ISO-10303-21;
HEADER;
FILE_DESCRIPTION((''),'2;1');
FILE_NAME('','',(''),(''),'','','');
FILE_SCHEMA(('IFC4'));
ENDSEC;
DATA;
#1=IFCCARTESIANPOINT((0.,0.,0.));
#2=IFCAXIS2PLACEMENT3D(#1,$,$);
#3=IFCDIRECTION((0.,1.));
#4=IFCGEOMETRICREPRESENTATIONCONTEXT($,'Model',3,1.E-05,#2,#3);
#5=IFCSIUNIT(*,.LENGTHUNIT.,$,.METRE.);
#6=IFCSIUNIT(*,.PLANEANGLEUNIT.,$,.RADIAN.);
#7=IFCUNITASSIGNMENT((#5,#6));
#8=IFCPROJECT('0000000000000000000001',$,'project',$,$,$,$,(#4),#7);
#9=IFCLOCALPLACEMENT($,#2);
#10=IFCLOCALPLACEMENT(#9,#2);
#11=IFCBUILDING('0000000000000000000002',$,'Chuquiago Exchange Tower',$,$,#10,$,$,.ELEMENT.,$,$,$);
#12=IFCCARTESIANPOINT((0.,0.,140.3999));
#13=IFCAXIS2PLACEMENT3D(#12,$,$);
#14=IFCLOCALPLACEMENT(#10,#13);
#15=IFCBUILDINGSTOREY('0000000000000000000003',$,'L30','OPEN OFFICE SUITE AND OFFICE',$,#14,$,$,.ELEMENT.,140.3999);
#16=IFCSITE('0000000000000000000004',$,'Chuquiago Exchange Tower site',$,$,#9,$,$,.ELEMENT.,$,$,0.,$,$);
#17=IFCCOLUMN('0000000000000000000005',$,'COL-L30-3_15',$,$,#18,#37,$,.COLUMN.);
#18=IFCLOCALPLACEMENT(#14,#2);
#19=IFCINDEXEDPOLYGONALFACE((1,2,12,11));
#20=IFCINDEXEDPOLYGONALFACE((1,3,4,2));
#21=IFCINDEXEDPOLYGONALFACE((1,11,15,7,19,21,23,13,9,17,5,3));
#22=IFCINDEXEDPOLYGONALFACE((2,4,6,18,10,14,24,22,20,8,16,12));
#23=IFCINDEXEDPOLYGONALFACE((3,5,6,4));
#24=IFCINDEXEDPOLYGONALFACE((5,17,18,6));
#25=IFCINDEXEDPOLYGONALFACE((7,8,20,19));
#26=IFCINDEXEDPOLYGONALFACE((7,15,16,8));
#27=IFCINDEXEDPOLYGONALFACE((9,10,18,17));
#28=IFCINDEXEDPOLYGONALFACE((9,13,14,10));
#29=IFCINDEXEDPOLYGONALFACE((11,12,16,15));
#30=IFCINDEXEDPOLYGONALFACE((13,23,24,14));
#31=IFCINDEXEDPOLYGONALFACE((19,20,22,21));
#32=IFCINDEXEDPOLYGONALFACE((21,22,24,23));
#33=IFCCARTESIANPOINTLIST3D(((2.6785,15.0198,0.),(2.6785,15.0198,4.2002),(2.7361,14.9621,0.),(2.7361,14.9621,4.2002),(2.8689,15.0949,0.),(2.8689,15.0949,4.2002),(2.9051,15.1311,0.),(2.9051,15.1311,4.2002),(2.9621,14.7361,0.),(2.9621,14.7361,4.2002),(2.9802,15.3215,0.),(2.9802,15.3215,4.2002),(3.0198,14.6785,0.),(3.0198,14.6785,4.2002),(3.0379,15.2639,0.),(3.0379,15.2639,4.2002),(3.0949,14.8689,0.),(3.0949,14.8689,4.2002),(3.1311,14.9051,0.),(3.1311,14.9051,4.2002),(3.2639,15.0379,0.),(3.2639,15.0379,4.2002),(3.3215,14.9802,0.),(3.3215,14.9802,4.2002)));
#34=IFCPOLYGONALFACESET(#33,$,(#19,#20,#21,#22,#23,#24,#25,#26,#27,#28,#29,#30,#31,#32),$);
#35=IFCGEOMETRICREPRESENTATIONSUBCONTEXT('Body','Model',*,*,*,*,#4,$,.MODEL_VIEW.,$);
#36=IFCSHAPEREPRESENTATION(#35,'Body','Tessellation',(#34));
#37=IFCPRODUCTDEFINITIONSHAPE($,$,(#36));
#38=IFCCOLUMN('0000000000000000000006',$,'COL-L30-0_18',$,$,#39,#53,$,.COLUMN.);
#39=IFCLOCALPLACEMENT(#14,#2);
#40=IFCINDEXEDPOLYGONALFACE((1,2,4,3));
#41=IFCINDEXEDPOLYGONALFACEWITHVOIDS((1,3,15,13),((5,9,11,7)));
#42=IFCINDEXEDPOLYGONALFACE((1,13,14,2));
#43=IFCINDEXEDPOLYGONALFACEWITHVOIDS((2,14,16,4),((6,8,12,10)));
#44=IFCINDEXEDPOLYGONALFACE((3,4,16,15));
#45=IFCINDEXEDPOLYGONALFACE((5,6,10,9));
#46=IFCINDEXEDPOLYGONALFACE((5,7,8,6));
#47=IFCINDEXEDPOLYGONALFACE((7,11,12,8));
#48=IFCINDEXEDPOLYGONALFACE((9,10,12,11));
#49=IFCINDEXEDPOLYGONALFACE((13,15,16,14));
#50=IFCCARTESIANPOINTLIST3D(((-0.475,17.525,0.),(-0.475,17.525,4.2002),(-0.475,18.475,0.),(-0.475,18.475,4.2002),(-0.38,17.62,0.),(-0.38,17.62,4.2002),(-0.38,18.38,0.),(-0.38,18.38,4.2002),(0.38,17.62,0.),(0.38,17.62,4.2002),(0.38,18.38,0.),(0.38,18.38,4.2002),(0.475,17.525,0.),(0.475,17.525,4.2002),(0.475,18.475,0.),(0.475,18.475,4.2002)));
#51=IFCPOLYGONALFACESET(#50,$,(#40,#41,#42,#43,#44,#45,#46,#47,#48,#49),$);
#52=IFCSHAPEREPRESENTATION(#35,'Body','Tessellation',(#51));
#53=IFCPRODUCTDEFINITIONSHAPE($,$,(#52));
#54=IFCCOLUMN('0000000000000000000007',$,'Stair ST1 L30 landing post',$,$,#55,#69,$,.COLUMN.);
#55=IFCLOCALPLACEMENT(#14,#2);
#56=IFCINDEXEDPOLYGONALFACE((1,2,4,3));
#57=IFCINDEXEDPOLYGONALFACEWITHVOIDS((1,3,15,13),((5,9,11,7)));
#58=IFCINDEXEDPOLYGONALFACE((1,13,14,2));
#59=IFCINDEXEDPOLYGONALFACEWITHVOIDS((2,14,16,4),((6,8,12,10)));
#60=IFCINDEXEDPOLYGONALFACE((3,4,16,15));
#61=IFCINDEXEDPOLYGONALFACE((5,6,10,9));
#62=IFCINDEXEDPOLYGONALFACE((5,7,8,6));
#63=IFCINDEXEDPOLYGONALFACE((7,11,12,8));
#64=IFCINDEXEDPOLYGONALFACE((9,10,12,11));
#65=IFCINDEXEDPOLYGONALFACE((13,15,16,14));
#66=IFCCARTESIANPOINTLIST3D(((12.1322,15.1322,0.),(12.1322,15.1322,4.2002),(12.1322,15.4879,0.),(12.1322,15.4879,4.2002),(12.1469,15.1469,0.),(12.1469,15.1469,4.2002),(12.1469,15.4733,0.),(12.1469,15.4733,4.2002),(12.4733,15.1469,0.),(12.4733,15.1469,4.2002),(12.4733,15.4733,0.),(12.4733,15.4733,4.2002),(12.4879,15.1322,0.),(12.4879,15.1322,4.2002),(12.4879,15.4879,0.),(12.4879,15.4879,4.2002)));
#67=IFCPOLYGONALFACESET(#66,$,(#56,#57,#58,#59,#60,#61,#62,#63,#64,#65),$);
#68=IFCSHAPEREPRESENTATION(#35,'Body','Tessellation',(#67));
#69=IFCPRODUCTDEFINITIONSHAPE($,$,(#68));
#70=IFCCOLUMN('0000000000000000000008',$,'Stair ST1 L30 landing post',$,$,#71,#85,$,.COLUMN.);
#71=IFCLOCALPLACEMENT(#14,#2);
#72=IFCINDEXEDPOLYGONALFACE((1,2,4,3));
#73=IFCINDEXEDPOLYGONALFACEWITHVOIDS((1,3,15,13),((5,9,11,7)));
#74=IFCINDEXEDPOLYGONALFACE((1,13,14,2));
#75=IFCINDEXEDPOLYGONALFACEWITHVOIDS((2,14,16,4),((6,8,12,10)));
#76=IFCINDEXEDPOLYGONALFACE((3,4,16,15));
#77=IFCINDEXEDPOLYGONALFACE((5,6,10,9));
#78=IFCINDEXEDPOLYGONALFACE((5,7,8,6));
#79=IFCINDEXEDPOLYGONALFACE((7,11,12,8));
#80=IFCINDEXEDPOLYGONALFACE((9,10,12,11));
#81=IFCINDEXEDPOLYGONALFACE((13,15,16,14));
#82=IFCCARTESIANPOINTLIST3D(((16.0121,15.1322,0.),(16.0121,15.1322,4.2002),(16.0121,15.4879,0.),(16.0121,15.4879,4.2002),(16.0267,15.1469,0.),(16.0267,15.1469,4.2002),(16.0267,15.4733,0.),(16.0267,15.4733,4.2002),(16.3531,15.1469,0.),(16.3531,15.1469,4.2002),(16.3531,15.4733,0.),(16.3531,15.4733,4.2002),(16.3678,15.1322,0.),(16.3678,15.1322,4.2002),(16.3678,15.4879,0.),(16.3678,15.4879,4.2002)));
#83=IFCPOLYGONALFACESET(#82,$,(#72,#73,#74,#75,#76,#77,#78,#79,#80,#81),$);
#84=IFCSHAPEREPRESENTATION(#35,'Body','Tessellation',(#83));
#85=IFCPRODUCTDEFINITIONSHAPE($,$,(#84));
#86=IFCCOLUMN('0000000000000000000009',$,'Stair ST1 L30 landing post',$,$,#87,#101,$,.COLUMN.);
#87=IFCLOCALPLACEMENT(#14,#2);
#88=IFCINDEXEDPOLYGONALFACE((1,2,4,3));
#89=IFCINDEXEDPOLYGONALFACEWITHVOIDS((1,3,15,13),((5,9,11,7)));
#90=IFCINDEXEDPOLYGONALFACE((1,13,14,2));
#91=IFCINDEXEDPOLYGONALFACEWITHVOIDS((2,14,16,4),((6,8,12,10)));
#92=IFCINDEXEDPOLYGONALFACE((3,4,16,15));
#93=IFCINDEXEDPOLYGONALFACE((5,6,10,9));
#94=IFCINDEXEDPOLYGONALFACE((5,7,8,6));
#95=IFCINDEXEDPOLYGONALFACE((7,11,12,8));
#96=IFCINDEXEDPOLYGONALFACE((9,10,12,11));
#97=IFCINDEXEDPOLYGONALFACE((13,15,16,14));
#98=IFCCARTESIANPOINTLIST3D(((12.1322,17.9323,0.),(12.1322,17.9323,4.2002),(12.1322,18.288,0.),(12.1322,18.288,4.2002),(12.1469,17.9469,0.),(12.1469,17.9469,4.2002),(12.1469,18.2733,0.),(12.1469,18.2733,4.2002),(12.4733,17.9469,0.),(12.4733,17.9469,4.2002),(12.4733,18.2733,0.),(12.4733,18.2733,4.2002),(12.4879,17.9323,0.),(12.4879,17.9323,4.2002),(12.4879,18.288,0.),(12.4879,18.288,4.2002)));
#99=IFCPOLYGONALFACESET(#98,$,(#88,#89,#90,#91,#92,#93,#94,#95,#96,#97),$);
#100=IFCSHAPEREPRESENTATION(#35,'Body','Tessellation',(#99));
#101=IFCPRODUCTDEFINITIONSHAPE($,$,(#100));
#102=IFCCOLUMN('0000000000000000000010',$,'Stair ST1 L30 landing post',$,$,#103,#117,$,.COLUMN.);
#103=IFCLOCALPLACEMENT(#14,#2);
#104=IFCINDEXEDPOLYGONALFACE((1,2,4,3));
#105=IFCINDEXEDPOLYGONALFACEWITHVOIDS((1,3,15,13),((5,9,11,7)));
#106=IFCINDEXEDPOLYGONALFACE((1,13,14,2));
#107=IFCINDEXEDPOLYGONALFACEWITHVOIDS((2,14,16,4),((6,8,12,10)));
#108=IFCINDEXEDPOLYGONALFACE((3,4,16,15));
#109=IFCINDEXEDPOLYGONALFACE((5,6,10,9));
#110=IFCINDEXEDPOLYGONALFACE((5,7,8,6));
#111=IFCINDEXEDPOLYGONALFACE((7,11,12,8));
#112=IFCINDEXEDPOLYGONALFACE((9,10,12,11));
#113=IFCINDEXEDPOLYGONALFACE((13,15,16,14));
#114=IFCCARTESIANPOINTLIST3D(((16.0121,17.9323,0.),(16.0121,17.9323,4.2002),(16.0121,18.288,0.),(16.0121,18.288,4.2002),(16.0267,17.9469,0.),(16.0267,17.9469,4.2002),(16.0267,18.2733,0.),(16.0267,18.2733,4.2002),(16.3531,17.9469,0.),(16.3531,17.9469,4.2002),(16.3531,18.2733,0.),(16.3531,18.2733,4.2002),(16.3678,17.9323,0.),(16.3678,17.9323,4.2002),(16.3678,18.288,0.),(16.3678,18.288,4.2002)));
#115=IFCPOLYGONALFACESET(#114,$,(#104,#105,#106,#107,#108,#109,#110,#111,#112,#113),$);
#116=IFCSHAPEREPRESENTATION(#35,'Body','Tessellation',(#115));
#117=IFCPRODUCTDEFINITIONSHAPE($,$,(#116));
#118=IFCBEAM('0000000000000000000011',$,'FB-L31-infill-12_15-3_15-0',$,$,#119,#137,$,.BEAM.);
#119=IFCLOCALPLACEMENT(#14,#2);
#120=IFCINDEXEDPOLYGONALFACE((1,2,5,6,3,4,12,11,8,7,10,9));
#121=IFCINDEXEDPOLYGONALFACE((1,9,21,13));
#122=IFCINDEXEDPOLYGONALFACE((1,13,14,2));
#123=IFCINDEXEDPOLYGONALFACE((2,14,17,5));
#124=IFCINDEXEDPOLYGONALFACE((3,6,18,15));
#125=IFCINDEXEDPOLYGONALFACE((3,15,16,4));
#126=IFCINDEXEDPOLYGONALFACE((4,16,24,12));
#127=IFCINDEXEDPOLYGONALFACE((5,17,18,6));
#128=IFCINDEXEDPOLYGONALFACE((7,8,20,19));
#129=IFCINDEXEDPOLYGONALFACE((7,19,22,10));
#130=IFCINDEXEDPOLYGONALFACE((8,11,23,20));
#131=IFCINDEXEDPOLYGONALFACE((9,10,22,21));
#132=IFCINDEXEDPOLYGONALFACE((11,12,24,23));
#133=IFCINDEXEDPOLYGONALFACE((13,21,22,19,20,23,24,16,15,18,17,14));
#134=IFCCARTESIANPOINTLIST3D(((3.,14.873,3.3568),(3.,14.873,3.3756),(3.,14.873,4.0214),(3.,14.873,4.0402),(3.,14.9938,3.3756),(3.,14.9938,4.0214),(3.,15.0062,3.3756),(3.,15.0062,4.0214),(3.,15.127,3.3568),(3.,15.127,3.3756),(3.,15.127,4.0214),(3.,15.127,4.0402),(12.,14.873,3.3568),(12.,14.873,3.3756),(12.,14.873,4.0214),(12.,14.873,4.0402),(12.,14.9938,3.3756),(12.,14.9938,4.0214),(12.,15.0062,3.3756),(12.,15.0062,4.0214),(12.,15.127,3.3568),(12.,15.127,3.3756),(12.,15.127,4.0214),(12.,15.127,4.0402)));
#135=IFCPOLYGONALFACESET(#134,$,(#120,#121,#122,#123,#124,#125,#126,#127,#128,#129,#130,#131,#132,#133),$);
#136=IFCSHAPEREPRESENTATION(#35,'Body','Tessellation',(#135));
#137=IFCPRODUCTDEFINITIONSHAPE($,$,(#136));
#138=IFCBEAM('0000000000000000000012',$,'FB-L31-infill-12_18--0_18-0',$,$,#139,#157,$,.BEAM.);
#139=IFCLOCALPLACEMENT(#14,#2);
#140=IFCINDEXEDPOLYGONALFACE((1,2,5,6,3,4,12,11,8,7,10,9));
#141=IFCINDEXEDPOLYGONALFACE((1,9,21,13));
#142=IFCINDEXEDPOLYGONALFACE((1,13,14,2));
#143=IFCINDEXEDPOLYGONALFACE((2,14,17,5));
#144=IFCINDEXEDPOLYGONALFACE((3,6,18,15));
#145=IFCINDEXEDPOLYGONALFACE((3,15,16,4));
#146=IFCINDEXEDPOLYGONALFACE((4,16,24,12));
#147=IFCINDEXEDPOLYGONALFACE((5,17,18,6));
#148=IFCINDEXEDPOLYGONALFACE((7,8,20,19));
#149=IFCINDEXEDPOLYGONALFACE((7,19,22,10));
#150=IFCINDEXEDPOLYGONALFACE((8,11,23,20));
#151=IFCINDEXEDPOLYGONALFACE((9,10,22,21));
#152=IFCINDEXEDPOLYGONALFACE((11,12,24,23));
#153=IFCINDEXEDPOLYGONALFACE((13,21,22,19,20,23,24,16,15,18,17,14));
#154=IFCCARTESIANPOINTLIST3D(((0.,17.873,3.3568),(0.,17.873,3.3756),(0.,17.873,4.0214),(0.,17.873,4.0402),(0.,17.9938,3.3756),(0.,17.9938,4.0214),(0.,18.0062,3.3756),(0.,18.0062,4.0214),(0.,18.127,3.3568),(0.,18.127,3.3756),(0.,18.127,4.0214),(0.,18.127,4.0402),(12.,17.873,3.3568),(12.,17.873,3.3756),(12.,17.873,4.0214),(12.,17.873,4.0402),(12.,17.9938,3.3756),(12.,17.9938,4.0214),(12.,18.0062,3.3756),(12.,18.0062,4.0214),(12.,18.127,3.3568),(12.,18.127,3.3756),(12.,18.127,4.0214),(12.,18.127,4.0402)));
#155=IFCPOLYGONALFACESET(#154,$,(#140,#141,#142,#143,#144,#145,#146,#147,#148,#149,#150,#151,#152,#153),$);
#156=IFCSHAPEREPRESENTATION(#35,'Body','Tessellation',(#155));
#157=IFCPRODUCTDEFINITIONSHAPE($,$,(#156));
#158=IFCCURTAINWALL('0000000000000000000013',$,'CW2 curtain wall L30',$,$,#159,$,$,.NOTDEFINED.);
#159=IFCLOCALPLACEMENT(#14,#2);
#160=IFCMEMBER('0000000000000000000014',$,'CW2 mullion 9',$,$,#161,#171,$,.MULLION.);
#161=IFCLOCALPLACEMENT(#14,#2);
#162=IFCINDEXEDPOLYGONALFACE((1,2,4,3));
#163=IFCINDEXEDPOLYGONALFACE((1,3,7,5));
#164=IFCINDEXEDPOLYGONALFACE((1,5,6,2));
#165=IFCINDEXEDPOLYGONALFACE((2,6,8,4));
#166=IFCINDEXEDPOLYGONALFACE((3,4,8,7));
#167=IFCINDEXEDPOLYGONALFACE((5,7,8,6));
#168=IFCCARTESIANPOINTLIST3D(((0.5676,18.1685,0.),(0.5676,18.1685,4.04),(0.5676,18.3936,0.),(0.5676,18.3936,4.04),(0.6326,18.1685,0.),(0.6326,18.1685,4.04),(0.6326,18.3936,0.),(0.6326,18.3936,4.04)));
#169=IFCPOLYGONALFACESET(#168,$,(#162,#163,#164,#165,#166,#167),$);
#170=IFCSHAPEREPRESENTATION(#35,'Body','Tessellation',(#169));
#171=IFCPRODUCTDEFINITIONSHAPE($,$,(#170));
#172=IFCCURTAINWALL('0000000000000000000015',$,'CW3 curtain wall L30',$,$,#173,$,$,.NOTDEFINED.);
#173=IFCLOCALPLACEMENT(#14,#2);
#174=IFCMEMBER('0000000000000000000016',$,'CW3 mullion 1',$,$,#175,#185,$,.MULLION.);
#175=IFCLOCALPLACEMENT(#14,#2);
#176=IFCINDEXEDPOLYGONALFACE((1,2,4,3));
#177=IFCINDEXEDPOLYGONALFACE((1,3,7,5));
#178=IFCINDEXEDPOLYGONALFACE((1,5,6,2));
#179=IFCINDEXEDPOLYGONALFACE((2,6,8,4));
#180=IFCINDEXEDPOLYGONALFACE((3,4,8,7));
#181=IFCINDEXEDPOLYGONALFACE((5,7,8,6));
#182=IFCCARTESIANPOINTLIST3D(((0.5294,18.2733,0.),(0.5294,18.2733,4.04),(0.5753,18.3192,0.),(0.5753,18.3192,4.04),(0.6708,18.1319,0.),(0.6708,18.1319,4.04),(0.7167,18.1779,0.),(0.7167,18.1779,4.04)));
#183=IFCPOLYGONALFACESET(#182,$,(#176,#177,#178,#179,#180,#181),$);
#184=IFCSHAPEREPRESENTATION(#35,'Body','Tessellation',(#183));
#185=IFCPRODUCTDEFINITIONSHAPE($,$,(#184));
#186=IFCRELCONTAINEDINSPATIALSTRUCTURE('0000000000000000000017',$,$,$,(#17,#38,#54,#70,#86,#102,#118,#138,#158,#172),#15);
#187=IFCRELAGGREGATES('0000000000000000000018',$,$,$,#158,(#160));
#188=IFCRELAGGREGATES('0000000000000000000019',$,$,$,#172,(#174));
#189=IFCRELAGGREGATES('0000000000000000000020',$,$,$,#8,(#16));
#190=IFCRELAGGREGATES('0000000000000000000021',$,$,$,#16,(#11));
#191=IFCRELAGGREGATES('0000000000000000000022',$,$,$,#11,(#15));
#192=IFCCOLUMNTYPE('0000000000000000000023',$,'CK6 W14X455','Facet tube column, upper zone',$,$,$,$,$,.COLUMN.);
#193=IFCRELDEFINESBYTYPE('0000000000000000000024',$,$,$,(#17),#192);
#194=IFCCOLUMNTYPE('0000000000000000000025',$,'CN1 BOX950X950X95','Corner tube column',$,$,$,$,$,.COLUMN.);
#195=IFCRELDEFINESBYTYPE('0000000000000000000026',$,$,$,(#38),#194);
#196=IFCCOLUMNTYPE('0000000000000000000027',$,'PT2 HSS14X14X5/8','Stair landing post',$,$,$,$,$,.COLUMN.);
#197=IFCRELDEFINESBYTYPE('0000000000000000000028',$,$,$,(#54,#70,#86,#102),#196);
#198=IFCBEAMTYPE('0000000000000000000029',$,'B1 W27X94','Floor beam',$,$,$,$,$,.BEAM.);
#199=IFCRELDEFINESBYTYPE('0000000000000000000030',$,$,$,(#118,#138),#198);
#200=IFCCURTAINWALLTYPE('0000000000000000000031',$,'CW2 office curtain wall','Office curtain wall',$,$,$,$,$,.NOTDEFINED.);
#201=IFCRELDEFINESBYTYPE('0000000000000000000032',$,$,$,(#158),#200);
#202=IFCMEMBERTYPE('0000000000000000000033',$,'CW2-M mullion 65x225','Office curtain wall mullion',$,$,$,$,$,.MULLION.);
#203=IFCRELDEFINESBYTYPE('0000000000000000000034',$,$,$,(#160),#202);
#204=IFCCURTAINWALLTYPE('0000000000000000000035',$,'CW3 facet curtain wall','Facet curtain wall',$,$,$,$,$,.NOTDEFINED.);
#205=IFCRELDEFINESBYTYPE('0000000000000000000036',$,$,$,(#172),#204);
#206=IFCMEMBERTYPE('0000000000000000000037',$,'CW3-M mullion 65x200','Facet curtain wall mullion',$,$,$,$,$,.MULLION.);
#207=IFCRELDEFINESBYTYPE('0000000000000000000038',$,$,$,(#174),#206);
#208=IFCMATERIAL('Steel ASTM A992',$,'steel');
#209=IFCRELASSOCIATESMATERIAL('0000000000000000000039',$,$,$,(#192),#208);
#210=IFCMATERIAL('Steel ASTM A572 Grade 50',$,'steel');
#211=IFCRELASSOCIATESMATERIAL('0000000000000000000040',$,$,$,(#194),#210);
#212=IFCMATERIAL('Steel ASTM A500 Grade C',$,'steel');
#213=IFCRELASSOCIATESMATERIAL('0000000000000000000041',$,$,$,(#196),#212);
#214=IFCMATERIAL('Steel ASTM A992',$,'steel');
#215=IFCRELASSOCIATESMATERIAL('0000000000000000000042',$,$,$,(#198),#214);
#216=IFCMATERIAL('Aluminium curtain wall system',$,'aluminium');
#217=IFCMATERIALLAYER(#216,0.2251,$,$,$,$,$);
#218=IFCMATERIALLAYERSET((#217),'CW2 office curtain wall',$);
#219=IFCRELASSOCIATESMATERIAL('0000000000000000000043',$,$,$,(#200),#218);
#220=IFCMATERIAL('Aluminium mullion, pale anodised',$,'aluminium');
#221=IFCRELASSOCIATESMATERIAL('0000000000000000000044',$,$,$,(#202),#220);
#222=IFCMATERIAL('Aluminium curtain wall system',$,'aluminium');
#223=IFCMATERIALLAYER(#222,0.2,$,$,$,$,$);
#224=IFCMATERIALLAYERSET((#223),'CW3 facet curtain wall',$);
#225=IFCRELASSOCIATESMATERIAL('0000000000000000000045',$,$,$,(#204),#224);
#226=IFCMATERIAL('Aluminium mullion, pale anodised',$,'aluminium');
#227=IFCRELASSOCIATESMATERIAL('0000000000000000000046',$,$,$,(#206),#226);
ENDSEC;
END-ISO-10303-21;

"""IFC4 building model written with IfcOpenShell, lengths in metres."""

from ifc_helpers import new_model, si_unit, direction, frame, origin, origin_2d, place, context, subcontext, project, spatial, rectangle, hollow_rectangle, i_section, extrude, material, layer, layer_set, material_profile, profile_set, type_object, element, aggregate, save


model = new_model("IFC4")

# Units and contexts
model_context = context("Model", 3, precision=1e-05, world=origin(), true_north=direction((0.0, 1.0)))
body_context = subcontext(model_context, "Body", "Model", "MODEL_VIEW")
ifc_project = project(units=[si_unit("LENGTHUNIT", "METRE"), si_unit("PLANEANGLEUNIT", "RADIAN")], contexts=[model_context])

# Site, building, storey
site_placement = place(None, origin())
site = spatial("IfcSite", under=ifc_project, at=site_placement, Name="Chuquiago Exchange Tower site", CompositionType="ELEMENT", RefElevation=0.0)
building_placement = place(site_placement, origin())
building = spatial("IfcBuilding", under=site, at=building_placement, Name="Chuquiago Exchange Tower", CompositionType="ELEMENT")
storey_placement = place(building_placement, frame((0.0, 0.0, 140.3999)))
storey = spatial("IfcBuildingStorey", under=building, at=storey_placement, Name="L30", Description="OPEN OFFICE SUITE AND OFFICE", CompositionType="ELEMENT", Elevation=140.3999)

# Columns
ifc_material_1 = material(Name="Steel ASTM A992", Category="steel")
ifc_material_profile_1 = material_profile(ifc_material_1, i_section(OverallWidth=0.4268, OverallDepth=0.4827, WebThickness=0.0513, FlangeThickness=0.0815, at=origin_2d()), Name="W14X455")
ifc_profile_set_1 = profile_set([ifc_material_profile_1], Name="Steel ASTM A992")
column_type_1 = type_object("IfcColumnType", Name="CK6 W14X455", Description="Facet tube column, upper zone", PredefinedType="COLUMN", material=ifc_profile_set_1)
column_1_placement = place(storey_placement, frame((3.0, 15.0, 0.0), z_axis=(0.0, 0.0, 1.0), x_axis=(-0.707107, -0.707107, 0.0)))
element("IfcColumn", 1, at=column_1_placement, inside=storey, type_object=column_type_1, Name="COL-L30-3_15", PredefinedType="COLUMN", context=body_context, shape_type="SweptSolid", body=[
    extrude(i_section(OverallWidth=0.4268, OverallDepth=0.4827, WebThickness=0.0513, FlangeThickness=0.0815, at=origin_2d()), origin(), (0.0, 0.0, 1.0), 4.2002),
])
ifc_material_2 = material(Name="Steel ASTM A572 Grade 50", Category="steel")
ifc_material_profile_2 = material_profile(ifc_material_2, hollow_rectangle(XDim=0.95, YDim=0.95, WallThickness=0.095, at=origin_2d()), Name="BOX950X950X95")
ifc_profile_set_2 = profile_set([ifc_material_profile_2], Name="Steel ASTM A572 Grade 50")
column_type_2 = type_object("IfcColumnType", Name="CN1 BOX950X950X95", Description="Corner tube column", PredefinedType="COLUMN", material=ifc_profile_set_2)
column_2_placement = place(storey_placement, frame((0.0, 18.0, 0.0), z_axis=(0.0, 0.0, 1.0), x_axis=(-1.0, 0.0, 0.0)))
element("IfcColumn", 2, at=column_2_placement, inside=storey, type_object=column_type_2, Name="COL-L30-0_18", PredefinedType="COLUMN", context=body_context, shape_type="SweptSolid", body=[
    extrude(hollow_rectangle(XDim=0.95, YDim=0.95, WallThickness=0.095, at=origin_2d()), origin(), (0.0, 0.0, 1.0), 4.2002),
])
ifc_material_3 = material(Name="Steel ASTM A500 Grade C", Category="steel")
ifc_material_profile_3 = material_profile(ifc_material_3, hollow_rectangle(XDim=0.3557, YDim=0.3557, WallThickness=0.0146, at=origin_2d()), Name="HSS14X14X5/8")
ifc_profile_set_3 = profile_set([ifc_material_profile_3], Name="Steel ASTM A500 Grade C")
column_type_3 = type_object("IfcColumnType", Name="PT2 HSS14X14X5/8", Description="Stair landing post", PredefinedType="COLUMN", material=ifc_profile_set_3)
for number, where, z_axis, x_axis, name in (
    (3, (12.3101, 15.3101, 0.0), (0.0, 0.0, 1.0), (1.0, 0.0, 0.0), "Stair ST1 L30 landing post"),
    (4, (16.1899, 15.3101, 0.0), (0.0, 0.0, 1.0), (1.0, 0.0, 0.0), "Stair ST1 L30 landing post"),
    (5, (12.3101, 18.1101, 0.0), (0.0, 0.0, 1.0), (1.0, 0.0, 0.0), "Stair ST1 L30 landing post"),
    (6, (16.1899, 18.1101, 0.0), (0.0, 0.0, 1.0), (1.0, 0.0, 0.0), "Stair ST1 L30 landing post"),
):
    element("IfcColumn", number, at=place(storey_placement, frame(where, z_axis=z_axis, x_axis=x_axis)), inside=storey, type_object=column_type_3, Name=name, PredefinedType="COLUMN", context=body_context, shape_type="SweptSolid", body=[
        extrude(hollow_rectangle(XDim=0.3557, YDim=0.3557, WallThickness=0.0146, at=origin_2d()), origin(), (0.0, 0.0, 1.0), 4.2002),
    ])

# Beams
ifc_material_4 = material(Name="Steel ASTM A992", Category="steel")
ifc_material_profile_4 = material_profile(ifc_material_4, i_section(OverallWidth=0.2539, OverallDepth=0.6833, WebThickness=0.0125, FlangeThickness=0.0188, at=origin_2d()), Name="W27X94")
ifc_profile_set_4 = profile_set([ifc_material_profile_4], Name="Steel ASTM A992")
beam_type_1 = type_object("IfcBeamType", Name="B1 W27X94", Description="Floor beam", PredefinedType="BEAM", material=ifc_profile_set_4)
beam_1_placement = place(storey_placement, frame((12.0, 15.0, 3.6985), z_axis=(-1.0, 0.0, 0.0), x_axis=(0.0, -1.0, 0.0)))
element("IfcBeam", 7, at=beam_1_placement, inside=storey, type_object=beam_type_1, Name="FB-L31-infill-12_15-3_15-0", PredefinedType="BEAM", context=body_context, shape_type="SweptSolid", body=[
    extrude(i_section(OverallWidth=0.2539, OverallDepth=0.6833, WebThickness=0.0125, FlangeThickness=0.0188, at=origin_2d()), origin(), (0.0, 0.0, 1.0), 9.0),
])
beam_2_placement = place(storey_placement, frame((12.0, 18.0, 3.6985), z_axis=(-1.0, 0.0, 0.0), x_axis=(0.0, -1.0, 0.0)))
element("IfcBeam", 8, at=beam_2_placement, inside=storey, type_object=beam_type_1, Name="FB-L31-infill-12_18--0_18-0", PredefinedType="BEAM", context=body_context, shape_type="SweptSolid", body=[
    extrude(i_section(OverallWidth=0.2539, OverallDepth=0.6833, WebThickness=0.0125, FlangeThickness=0.0188, at=origin_2d()), origin(), (0.0, 0.0, 1.0), 12.0),
])

# Curtain wall, member
ifc_material_5 = material(Name="Aluminium curtain wall system", Category="aluminium")
ifc_layer_1 = layer(ifc_material_5, 0.2251)
ifc_layer_set_1 = layer_set([ifc_layer_1], Name="CW2 office curtain wall")
curtain_wall_type_1 = type_object("IfcCurtainWallType", Name="CW2 office curtain wall", Description="Office curtain wall", PredefinedType="NOTDEFINED", material=ifc_layer_set_1)
curtain_wall_1_placement = place(storey_placement, origin())
curtain_wall_1 = element("IfcCurtainWall", 9, at=curtain_wall_1_placement, inside=storey, type_object=curtain_wall_type_1, Name="CW2 curtain wall L30", PredefinedType="NOTDEFINED")
ifc_material_6 = material(Name="Aluminium mullion, pale anodised", Category="aluminium")
ifc_material_profile_5 = material_profile(ifc_material_6, rectangle(XDim=0.0649, YDim=0.2251, at=origin_2d()), Name="AL 65x225")
ifc_profile_set_5 = profile_set([ifc_material_profile_5], Name="Aluminium mullion, pale anodised")
member_type_1 = type_object("IfcMemberType", Name="CW2-M mullion 65x225", Description="Office curtain wall mullion", PredefinedType="MULLION", material=ifc_profile_set_5)
member_1_placement = place(storey_placement, frame((0.6001, 18.281, 0.0), z_axis=(0.0, 0.0, 1.0), x_axis=(1.0, 0.0, 0.0)))
member_1 = element("IfcMember", 10, at=member_1_placement, type_object=member_type_1, Name="CW2 mullion 9", PredefinedType="MULLION", context=body_context, shape_type="SweptSolid", body=[
    extrude(rectangle(XDim=0.0649, YDim=0.2251, at=origin_2d()), origin(), (0.0, 0.0, 1.0), 4.04),
])
aggregate(curtain_wall_1, [member_1])

# Curtain wall, member
ifc_material_7 = material(Name="Aluminium curtain wall system", Category="aluminium")
ifc_layer_2 = layer(ifc_material_7, 0.2)
ifc_layer_set_2 = layer_set([ifc_layer_2], Name="CW3 facet curtain wall")
curtain_wall_type_2 = type_object("IfcCurtainWallType", Name="CW3 facet curtain wall", Description="Facet curtain wall", PredefinedType="NOTDEFINED", material=ifc_layer_set_2)
curtain_wall_2_placement = place(storey_placement, origin())
curtain_wall_2 = element("IfcCurtainWall", 11, at=curtain_wall_2_placement, inside=storey, type_object=curtain_wall_type_2, Name="CW3 curtain wall L30", PredefinedType="NOTDEFINED")
ifc_material_8 = material(Name="Aluminium mullion, pale anodised", Category="aluminium")
ifc_material_profile_6 = material_profile(ifc_material_8, rectangle(XDim=0.0649, YDim=0.2, at=origin_2d()), Name="AL 65x200")
ifc_profile_set_6 = profile_set([ifc_material_profile_6], Name="Aluminium mullion, pale anodised")
member_type_2 = type_object("IfcMemberType", Name="CW3-M mullion 65x200", Description="Facet curtain wall mullion", PredefinedType="MULLION", material=ifc_profile_set_6)
member_2_placement = place(storey_placement, frame((0.623, 18.2256, 0.0), z_axis=(0.0, 0.0, 1.0), x_axis=(0.707107, 0.707107, 0.0)))
member_2 = element("IfcMember", 12, at=member_2_placement, type_object=member_type_2, Name="CW3 mullion 1", PredefinedType="MULLION", context=body_context, shape_type="SweptSolid", body=[
    extrude(rectangle(XDim=0.0649, YDim=0.2, at=origin_2d()), origin(), (0.0, 0.0, 1.0), 4.04),
])

aggregate(curtain_wall_2, [member_2])

save(model, "model.ifc")
